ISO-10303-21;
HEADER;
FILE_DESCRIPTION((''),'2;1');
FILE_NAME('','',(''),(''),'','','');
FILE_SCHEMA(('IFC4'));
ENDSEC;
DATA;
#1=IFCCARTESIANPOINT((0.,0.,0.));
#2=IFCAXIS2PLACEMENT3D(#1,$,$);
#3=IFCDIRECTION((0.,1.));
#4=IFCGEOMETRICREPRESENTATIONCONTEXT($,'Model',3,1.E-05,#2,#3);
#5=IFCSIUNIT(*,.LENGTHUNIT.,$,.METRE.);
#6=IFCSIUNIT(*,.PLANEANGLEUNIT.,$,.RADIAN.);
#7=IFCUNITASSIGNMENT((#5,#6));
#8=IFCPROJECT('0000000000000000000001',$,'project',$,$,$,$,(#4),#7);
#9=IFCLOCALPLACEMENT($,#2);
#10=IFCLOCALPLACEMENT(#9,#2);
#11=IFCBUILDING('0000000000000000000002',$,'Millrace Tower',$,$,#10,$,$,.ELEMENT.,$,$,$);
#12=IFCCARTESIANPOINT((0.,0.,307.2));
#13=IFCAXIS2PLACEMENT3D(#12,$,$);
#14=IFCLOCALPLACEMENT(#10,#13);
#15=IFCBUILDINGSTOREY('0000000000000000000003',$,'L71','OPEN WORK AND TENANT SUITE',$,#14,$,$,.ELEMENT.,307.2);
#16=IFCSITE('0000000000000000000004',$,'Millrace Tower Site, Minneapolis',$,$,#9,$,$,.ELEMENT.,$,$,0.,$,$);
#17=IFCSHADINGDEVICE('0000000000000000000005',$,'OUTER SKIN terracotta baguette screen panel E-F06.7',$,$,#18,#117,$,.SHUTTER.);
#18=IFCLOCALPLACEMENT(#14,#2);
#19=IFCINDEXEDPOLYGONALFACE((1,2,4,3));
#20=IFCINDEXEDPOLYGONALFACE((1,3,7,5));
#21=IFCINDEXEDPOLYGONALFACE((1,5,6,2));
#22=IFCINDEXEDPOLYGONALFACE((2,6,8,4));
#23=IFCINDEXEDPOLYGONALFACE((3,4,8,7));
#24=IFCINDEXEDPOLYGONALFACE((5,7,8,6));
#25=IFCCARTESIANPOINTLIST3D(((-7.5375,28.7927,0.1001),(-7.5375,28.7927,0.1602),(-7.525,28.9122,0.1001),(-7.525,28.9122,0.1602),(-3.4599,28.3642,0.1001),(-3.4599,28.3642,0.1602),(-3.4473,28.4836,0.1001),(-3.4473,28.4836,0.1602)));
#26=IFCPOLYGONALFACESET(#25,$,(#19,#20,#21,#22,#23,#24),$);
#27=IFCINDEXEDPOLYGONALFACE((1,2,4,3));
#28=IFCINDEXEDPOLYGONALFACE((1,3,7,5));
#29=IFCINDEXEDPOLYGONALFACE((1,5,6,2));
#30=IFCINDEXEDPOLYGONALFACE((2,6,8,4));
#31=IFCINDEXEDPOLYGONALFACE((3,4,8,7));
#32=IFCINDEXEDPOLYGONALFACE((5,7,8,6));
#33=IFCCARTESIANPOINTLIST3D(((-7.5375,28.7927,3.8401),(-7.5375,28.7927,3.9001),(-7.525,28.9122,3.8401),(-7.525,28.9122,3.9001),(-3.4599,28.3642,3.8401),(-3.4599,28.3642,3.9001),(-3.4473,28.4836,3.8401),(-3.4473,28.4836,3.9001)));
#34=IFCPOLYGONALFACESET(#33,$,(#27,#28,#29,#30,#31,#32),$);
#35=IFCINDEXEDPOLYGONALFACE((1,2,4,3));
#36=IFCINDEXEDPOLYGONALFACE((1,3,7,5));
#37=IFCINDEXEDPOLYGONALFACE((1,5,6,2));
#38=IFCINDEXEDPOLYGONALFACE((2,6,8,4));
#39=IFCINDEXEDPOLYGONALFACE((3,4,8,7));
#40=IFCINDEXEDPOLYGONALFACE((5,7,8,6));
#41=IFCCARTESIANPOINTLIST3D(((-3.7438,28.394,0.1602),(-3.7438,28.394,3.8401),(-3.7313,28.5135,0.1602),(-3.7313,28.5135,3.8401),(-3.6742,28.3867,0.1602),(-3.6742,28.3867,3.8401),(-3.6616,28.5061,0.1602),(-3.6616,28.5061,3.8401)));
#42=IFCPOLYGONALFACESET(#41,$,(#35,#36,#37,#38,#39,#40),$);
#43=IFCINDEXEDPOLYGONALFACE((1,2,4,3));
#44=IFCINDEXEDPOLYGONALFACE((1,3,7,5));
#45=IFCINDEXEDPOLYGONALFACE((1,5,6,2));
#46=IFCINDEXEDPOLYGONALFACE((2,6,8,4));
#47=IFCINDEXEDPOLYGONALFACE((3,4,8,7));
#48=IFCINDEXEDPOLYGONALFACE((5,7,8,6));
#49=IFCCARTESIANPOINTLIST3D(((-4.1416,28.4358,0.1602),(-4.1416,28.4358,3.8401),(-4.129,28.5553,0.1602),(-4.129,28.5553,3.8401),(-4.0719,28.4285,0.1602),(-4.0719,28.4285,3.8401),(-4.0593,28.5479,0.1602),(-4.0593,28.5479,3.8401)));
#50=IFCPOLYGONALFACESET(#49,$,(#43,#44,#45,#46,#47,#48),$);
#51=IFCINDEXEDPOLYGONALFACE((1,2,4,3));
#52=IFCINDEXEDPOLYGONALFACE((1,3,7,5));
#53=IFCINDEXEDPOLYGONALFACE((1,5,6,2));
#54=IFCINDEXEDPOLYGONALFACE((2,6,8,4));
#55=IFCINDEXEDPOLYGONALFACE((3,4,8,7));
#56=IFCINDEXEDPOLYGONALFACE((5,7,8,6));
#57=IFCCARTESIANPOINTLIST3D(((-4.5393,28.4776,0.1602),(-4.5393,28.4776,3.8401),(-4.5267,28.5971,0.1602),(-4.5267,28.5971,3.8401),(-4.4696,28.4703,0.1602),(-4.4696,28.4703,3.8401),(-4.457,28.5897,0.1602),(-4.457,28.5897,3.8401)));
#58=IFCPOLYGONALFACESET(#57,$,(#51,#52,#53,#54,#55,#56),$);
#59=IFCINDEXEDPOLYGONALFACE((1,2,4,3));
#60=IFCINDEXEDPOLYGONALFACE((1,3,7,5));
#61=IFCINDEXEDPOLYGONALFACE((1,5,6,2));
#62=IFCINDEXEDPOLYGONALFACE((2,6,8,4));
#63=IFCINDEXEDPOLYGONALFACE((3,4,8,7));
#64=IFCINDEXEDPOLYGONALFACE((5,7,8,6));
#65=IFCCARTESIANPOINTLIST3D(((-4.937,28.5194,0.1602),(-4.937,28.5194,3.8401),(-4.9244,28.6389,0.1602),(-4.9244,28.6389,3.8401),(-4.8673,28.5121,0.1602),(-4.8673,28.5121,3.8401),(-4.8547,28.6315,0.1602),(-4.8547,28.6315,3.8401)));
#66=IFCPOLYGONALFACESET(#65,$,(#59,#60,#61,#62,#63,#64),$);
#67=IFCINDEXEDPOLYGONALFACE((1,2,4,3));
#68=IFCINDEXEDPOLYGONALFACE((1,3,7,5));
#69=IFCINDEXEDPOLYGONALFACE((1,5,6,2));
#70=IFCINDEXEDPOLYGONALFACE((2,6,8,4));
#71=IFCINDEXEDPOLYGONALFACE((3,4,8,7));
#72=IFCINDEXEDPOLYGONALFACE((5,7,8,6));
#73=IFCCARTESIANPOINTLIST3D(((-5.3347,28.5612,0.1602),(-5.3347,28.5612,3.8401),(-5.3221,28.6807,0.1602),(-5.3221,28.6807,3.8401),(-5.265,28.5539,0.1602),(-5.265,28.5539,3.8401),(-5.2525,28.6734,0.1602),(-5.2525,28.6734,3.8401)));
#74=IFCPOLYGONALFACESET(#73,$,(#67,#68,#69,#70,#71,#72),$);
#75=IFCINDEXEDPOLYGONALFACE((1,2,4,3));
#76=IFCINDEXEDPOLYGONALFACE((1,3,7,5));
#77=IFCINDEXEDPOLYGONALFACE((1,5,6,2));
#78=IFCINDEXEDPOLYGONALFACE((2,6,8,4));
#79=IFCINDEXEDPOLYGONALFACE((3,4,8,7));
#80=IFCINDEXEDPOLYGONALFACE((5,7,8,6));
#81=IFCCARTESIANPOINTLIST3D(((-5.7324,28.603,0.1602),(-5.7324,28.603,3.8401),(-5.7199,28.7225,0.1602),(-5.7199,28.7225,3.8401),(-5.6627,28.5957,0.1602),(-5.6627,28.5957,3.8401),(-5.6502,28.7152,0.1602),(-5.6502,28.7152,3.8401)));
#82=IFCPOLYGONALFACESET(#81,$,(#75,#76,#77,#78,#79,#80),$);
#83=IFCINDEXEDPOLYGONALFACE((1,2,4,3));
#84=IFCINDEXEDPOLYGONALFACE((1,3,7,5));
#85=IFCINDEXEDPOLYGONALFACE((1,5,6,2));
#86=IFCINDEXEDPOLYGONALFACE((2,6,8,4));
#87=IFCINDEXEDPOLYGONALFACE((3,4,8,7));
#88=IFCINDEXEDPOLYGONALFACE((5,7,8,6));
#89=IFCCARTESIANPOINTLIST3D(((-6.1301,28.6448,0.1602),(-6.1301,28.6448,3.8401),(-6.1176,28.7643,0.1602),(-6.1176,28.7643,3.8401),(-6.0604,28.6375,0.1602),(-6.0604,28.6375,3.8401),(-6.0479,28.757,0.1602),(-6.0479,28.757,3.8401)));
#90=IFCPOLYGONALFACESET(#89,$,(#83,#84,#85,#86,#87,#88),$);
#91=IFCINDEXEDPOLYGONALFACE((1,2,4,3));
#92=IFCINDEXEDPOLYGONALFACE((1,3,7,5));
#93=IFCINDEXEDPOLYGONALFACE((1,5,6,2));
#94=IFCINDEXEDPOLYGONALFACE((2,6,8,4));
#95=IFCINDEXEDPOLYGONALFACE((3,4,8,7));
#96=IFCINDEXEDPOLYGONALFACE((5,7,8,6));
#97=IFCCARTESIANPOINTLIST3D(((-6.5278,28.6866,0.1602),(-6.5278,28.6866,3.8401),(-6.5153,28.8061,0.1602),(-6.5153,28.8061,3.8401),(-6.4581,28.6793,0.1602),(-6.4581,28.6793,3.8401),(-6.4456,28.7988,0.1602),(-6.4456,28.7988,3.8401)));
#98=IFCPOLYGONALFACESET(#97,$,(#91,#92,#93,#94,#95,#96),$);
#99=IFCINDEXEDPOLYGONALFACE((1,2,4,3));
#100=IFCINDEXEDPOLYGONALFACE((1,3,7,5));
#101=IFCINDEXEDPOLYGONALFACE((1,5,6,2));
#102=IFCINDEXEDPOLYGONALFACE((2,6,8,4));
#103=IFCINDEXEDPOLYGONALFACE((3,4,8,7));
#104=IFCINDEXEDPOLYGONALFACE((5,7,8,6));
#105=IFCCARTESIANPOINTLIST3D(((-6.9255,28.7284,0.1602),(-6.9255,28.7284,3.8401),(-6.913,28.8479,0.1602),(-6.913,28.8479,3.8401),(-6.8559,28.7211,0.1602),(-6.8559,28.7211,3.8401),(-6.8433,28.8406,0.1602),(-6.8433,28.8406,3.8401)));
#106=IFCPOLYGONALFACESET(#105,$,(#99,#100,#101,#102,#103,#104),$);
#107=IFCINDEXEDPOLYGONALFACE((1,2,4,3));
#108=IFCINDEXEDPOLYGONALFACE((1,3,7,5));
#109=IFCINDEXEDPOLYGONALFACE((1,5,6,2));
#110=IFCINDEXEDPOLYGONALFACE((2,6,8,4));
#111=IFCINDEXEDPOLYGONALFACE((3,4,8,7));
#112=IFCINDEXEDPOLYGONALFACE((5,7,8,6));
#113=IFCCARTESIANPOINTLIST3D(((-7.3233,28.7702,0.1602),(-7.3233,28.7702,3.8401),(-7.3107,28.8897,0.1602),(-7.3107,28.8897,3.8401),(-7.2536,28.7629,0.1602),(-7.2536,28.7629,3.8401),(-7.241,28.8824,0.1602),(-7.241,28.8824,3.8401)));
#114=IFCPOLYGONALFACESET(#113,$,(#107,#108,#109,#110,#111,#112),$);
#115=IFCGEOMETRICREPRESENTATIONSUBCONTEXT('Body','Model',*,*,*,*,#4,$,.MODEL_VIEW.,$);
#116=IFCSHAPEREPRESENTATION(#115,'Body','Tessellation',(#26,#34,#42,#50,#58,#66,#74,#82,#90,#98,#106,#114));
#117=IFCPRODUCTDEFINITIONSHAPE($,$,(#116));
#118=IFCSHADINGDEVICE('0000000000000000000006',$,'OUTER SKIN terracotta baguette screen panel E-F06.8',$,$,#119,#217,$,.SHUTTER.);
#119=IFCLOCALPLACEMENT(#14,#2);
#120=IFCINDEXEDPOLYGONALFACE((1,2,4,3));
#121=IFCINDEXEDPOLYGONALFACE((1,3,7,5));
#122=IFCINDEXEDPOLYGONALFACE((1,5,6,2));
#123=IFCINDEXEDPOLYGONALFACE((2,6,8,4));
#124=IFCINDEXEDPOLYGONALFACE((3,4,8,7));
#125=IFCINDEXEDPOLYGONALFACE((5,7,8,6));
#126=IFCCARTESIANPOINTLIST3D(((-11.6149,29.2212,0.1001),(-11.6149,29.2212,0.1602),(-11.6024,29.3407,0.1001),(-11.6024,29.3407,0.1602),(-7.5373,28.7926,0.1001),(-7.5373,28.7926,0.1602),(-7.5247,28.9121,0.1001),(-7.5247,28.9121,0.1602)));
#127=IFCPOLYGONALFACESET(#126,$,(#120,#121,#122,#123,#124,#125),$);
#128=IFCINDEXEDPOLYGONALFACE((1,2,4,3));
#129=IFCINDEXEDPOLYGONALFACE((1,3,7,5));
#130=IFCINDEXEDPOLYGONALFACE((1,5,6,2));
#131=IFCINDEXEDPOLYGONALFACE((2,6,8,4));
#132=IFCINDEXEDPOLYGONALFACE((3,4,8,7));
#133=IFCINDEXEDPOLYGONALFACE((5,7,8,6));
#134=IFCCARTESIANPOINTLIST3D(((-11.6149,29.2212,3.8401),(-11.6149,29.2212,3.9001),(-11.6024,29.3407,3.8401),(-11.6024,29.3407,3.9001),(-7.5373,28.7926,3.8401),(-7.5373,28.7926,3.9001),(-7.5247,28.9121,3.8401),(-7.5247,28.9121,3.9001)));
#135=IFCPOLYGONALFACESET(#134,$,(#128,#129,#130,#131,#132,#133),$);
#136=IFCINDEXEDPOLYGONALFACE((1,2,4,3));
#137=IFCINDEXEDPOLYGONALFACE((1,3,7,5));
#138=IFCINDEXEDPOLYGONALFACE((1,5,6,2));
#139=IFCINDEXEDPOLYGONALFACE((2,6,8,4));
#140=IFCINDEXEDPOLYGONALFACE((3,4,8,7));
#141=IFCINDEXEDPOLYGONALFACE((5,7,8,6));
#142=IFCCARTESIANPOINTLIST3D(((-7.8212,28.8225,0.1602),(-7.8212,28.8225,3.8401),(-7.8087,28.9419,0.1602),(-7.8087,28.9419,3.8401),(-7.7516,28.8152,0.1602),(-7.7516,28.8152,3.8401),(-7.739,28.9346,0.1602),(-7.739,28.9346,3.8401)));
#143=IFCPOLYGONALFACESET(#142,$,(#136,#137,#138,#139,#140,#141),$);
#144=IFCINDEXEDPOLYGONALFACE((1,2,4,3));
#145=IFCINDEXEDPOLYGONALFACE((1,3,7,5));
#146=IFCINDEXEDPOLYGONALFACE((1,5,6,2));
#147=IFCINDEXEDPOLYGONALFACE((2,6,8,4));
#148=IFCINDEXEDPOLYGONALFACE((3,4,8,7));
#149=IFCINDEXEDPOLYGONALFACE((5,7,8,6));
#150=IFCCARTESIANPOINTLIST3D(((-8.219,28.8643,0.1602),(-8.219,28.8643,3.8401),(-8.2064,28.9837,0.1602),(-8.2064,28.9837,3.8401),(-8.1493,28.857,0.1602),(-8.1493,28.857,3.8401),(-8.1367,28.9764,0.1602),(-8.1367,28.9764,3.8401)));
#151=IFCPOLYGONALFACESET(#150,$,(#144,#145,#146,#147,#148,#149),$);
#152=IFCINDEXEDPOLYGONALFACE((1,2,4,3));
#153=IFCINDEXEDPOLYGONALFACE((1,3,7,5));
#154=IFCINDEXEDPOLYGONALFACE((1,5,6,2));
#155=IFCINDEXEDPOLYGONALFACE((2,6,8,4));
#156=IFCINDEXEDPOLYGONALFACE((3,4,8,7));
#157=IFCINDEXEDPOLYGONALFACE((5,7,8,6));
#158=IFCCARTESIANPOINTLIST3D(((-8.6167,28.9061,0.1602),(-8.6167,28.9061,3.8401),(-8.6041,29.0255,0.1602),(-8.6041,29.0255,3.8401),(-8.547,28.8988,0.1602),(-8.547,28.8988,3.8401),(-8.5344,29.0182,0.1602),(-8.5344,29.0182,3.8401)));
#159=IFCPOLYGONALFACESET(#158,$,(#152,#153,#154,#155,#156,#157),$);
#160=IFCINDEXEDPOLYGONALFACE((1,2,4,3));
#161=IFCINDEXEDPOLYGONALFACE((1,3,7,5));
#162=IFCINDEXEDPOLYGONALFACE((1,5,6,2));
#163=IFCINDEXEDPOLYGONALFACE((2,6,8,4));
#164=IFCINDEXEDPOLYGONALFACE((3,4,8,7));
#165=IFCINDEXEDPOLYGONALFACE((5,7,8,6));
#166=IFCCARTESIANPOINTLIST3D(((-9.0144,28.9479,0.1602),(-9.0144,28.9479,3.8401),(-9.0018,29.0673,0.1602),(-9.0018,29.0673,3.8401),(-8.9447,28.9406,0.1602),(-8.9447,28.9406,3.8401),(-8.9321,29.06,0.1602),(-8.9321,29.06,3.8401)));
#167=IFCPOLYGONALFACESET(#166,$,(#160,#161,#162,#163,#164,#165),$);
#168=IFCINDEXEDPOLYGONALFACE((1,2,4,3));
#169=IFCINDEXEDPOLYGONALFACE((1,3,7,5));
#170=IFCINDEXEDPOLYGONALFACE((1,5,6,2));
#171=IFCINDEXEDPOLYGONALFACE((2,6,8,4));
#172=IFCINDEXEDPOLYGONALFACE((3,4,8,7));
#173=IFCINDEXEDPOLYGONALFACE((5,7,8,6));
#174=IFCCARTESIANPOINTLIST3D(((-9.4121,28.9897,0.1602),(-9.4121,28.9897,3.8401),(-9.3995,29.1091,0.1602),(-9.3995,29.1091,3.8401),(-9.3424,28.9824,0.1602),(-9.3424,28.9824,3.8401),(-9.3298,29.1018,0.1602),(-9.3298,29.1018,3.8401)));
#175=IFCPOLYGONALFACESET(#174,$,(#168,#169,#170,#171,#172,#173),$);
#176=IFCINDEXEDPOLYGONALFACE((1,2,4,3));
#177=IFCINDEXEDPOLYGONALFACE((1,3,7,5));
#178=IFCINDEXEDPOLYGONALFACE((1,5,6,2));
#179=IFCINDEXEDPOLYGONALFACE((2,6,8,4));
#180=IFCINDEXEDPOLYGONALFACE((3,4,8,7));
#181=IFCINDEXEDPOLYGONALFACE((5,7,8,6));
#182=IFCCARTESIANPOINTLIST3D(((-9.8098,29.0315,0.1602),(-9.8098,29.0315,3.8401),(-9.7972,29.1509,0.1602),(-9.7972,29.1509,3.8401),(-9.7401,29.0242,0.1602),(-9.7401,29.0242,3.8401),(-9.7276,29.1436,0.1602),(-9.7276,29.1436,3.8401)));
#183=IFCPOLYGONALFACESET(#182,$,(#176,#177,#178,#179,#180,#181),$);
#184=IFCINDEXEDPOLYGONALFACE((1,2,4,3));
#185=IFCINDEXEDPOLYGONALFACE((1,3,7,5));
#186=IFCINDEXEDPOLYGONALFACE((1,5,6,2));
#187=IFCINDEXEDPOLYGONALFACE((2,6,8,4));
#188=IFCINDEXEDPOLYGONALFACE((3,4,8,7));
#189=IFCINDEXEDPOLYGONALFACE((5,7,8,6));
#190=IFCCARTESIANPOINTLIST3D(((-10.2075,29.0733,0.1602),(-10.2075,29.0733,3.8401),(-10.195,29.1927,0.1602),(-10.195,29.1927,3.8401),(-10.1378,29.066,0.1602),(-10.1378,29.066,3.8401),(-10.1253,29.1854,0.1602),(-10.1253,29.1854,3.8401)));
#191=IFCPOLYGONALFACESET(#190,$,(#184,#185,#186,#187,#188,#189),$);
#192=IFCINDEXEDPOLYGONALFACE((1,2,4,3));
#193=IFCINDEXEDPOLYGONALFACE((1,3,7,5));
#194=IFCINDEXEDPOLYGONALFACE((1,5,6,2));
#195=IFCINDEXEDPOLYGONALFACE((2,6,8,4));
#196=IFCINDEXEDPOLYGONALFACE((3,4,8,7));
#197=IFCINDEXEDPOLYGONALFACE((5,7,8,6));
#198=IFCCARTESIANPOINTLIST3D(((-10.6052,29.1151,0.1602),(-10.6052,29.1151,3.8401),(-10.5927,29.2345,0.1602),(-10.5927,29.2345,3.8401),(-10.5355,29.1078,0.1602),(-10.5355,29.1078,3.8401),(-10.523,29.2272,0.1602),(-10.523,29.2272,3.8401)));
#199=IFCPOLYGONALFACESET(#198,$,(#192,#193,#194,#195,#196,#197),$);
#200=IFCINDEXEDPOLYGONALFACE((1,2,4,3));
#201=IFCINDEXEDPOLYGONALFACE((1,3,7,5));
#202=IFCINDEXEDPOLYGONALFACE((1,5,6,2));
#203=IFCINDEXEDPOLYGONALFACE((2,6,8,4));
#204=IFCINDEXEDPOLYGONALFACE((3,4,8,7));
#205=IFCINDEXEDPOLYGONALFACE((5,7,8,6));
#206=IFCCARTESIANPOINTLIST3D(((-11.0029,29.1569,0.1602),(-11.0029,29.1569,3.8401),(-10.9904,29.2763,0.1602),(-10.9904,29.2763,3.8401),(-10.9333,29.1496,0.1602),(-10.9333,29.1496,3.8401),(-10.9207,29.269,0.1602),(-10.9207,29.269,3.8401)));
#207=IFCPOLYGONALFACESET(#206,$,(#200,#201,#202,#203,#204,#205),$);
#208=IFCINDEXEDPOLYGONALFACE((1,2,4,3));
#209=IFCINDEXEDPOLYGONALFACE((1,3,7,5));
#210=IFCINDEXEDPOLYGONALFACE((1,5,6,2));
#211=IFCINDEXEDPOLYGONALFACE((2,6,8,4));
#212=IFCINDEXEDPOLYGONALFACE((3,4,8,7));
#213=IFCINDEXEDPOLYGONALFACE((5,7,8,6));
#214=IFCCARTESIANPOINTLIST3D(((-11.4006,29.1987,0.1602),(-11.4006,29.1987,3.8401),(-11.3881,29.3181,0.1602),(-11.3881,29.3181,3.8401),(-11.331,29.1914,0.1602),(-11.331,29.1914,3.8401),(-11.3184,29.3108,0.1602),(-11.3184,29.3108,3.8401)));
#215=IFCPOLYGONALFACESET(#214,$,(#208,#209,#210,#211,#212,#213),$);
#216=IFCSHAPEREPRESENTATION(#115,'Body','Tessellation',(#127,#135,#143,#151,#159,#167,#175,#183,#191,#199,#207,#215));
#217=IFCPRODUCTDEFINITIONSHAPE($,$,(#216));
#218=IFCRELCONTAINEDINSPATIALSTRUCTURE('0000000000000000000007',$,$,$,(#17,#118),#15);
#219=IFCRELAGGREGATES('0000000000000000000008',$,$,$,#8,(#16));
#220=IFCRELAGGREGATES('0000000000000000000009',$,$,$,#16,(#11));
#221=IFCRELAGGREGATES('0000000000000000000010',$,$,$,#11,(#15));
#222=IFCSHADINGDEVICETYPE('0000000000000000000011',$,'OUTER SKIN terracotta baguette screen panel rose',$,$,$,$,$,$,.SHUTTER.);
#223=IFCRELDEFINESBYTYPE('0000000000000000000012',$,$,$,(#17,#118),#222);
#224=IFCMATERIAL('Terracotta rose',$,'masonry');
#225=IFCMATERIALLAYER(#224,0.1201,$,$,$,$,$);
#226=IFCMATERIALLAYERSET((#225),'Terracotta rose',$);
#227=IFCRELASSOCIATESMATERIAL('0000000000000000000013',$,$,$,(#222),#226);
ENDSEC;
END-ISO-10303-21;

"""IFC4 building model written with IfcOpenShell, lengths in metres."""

from ifc_helpers import new_model, entity, si_unit, direction, frame, frame_2d, origin, place, context, subcontext, project, spatial, rectangle, extrude, source, transform, mapped, material, layer, layer_set, type_object, element, save


model = new_model("IFC4")

# Units and contexts
model_context = context("Model", 3, precision=1e-05, world=origin(), true_north=direction((0.0, 1.0)))
body_context = subcontext(model_context, "Body", "Model", "MODEL_VIEW")
ifc_project = project(units=[si_unit("LENGTHUNIT", "METRE"), si_unit("PLANEANGLEUNIT", "RADIAN")], contexts=[model_context])

# Site, building, storey
site_placement = place(None, origin())
site = spatial("IfcSite", under=ifc_project, at=site_placement, Name="Millrace Tower Site, Minneapolis", CompositionType="ELEMENT", RefElevation=0.0)
building_placement = place(site_placement, origin())
building = spatial("IfcBuilding", under=site, at=building_placement, Name="Millrace Tower", CompositionType="ELEMENT")
storey_placement = place(building_placement, frame((0.0, 0.0, 307.2)))
storey = spatial("IfcBuildingStorey", under=building, at=storey_placement, Name="L71", Description="OPEN WORK AND TENANT SUITE", CompositionType="ELEMENT", Elevation=307.2)

# Shading devices
ifc_material_1 = material(Name="Terracotta rose", Category="masonry")
ifc_layer_1 = layer(ifc_material_1, 0.1201)
ifc_layer_set_1 = layer_set([ifc_layer_1], Name="Terracotta rose")
shading_device_type = type_object("IfcShadingDeviceType", Name="OUTER SKIN terracotta baguette screen panel rose", PredefinedType="SHUTTER", material=ifc_layer_set_1)
cartesian_point_1 = entity("IfcCartesianPoint", [-2.05, 0.0601])
shared_polyline_1 = entity("IfcPolyline", [cartesian_point_1, entity("IfcCartesianPoint", [2.05, 0.0601]), entity("IfcCartesianPoint", [2.05, -0.0601]), entity("IfcCartesianPoint", [-2.05, -0.0601]), cartesian_point_1])
shared_shape_1 = source(origin(), body_context, "Body", "SweptSolid", [
    entity("IfcExtrudedAreaSolid", entity("IfcArbitraryClosedProfileDef", "AREA", None, shared_polyline_1), entity("IfcAxis2Placement3D", entity("IfcCartesianPoint", [0.0, 0.0, 0.0])), entity("IfcDirection", [0.0, 0.0, 1.0]), 0.0601),
    entity("IfcExtrudedAreaSolid", entity("IfcArbitraryClosedProfileDef", "AREA", None, shared_polyline_1), entity("IfcAxis2Placement3D", entity("IfcCartesianPoint", [0.0, 0.0, 3.74])), entity("IfcDirection", [0.0, 0.0, 1.0]), 0.0601),
    extrude(rectangle(XDim=0.0701, YDim=0.1201, at=frame_2d((-1.7996, 0.0))), frame((0.0, 0.0, 0.0601)), (0.0, 0.0, 1.0), 3.6799),
    extrude(rectangle(XDim=0.0701, YDim=0.1201, at=frame_2d((-1.3997, 0.0))), frame((0.0, 0.0, 0.0601)), (0.0, 0.0, 1.0), 3.6799),
    extrude(rectangle(XDim=0.0701, YDim=0.1201, at=frame_2d((-0.9998, 0.0))), frame((0.0, 0.0, 0.0601)), (0.0, 0.0, 1.0), 3.6799),
    extrude(rectangle(XDim=0.0701, YDim=0.1201, at=frame_2d((-0.5999, 0.0))), frame((0.0, 0.0, 0.0601)), (0.0, 0.0, 1.0), 3.6799),
    extrude(rectangle(XDim=0.0701, YDim=0.1201, at=frame_2d((-0.2, 0.0))), frame((0.0, 0.0, 0.0601)), (0.0, 0.0, 1.0), 3.6799),
    extrude(rectangle(XDim=0.0701, YDim=0.1201, at=frame_2d((0.2, 0.0))), frame((0.0, 0.0, 0.0601)), (0.0, 0.0, 1.0), 3.6799),
    extrude(rectangle(XDim=0.0701, YDim=0.1201, at=frame_2d((0.5999, 0.0))), frame((0.0, 0.0, 0.0601)), (0.0, 0.0, 1.0), 3.6799),
    extrude(rectangle(XDim=0.0701, YDim=0.1201, at=frame_2d((0.9998, 0.0))), frame((0.0, 0.0, 0.0601)), (0.0, 0.0, 1.0), 3.6799),
    extrude(rectangle(XDim=0.0701, YDim=0.1201, at=frame_2d((1.3997, 0.0))), frame((0.0, 0.0, 0.0601)), (0.0, 0.0, 1.0), 3.6799),
    extrude(rectangle(XDim=0.0701, YDim=0.1201, at=frame_2d((1.7996, 0.0))), frame((0.0, 0.0, 0.0601)), (0.0, 0.0, 1.0), 3.6799),
])
for number, where, z_axis, x_axis, name in (
    (1, (-5.4924, 28.6382, 0.1001), (0.0, 0.0, 1.0), (-0.994522, 0.104528, 0.0), "OUTER SKIN terracotta baguette screen panel E-F06.7"),
    (2, (-9.5698, 29.0667, 0.1001), (0.0, 0.0, 1.0), (-0.994522, 0.104528, 0.0), "OUTER SKIN terracotta baguette screen panel E-F06.8"),
):
    element("IfcShadingDevice", number, at=place(storey_placement, frame(where, z_axis=z_axis, x_axis=x_axis)), inside=storey, type_object=shading_device_type, Name=name, PredefinedType="SHUTTER", context=body_context, shape_type="MappedRepresentation", body=[
        mapped(shared_shape_1, transform((0.0, 0.0, 0.0), scale=1.0)),
    ])

save(model, "model.ifc")
